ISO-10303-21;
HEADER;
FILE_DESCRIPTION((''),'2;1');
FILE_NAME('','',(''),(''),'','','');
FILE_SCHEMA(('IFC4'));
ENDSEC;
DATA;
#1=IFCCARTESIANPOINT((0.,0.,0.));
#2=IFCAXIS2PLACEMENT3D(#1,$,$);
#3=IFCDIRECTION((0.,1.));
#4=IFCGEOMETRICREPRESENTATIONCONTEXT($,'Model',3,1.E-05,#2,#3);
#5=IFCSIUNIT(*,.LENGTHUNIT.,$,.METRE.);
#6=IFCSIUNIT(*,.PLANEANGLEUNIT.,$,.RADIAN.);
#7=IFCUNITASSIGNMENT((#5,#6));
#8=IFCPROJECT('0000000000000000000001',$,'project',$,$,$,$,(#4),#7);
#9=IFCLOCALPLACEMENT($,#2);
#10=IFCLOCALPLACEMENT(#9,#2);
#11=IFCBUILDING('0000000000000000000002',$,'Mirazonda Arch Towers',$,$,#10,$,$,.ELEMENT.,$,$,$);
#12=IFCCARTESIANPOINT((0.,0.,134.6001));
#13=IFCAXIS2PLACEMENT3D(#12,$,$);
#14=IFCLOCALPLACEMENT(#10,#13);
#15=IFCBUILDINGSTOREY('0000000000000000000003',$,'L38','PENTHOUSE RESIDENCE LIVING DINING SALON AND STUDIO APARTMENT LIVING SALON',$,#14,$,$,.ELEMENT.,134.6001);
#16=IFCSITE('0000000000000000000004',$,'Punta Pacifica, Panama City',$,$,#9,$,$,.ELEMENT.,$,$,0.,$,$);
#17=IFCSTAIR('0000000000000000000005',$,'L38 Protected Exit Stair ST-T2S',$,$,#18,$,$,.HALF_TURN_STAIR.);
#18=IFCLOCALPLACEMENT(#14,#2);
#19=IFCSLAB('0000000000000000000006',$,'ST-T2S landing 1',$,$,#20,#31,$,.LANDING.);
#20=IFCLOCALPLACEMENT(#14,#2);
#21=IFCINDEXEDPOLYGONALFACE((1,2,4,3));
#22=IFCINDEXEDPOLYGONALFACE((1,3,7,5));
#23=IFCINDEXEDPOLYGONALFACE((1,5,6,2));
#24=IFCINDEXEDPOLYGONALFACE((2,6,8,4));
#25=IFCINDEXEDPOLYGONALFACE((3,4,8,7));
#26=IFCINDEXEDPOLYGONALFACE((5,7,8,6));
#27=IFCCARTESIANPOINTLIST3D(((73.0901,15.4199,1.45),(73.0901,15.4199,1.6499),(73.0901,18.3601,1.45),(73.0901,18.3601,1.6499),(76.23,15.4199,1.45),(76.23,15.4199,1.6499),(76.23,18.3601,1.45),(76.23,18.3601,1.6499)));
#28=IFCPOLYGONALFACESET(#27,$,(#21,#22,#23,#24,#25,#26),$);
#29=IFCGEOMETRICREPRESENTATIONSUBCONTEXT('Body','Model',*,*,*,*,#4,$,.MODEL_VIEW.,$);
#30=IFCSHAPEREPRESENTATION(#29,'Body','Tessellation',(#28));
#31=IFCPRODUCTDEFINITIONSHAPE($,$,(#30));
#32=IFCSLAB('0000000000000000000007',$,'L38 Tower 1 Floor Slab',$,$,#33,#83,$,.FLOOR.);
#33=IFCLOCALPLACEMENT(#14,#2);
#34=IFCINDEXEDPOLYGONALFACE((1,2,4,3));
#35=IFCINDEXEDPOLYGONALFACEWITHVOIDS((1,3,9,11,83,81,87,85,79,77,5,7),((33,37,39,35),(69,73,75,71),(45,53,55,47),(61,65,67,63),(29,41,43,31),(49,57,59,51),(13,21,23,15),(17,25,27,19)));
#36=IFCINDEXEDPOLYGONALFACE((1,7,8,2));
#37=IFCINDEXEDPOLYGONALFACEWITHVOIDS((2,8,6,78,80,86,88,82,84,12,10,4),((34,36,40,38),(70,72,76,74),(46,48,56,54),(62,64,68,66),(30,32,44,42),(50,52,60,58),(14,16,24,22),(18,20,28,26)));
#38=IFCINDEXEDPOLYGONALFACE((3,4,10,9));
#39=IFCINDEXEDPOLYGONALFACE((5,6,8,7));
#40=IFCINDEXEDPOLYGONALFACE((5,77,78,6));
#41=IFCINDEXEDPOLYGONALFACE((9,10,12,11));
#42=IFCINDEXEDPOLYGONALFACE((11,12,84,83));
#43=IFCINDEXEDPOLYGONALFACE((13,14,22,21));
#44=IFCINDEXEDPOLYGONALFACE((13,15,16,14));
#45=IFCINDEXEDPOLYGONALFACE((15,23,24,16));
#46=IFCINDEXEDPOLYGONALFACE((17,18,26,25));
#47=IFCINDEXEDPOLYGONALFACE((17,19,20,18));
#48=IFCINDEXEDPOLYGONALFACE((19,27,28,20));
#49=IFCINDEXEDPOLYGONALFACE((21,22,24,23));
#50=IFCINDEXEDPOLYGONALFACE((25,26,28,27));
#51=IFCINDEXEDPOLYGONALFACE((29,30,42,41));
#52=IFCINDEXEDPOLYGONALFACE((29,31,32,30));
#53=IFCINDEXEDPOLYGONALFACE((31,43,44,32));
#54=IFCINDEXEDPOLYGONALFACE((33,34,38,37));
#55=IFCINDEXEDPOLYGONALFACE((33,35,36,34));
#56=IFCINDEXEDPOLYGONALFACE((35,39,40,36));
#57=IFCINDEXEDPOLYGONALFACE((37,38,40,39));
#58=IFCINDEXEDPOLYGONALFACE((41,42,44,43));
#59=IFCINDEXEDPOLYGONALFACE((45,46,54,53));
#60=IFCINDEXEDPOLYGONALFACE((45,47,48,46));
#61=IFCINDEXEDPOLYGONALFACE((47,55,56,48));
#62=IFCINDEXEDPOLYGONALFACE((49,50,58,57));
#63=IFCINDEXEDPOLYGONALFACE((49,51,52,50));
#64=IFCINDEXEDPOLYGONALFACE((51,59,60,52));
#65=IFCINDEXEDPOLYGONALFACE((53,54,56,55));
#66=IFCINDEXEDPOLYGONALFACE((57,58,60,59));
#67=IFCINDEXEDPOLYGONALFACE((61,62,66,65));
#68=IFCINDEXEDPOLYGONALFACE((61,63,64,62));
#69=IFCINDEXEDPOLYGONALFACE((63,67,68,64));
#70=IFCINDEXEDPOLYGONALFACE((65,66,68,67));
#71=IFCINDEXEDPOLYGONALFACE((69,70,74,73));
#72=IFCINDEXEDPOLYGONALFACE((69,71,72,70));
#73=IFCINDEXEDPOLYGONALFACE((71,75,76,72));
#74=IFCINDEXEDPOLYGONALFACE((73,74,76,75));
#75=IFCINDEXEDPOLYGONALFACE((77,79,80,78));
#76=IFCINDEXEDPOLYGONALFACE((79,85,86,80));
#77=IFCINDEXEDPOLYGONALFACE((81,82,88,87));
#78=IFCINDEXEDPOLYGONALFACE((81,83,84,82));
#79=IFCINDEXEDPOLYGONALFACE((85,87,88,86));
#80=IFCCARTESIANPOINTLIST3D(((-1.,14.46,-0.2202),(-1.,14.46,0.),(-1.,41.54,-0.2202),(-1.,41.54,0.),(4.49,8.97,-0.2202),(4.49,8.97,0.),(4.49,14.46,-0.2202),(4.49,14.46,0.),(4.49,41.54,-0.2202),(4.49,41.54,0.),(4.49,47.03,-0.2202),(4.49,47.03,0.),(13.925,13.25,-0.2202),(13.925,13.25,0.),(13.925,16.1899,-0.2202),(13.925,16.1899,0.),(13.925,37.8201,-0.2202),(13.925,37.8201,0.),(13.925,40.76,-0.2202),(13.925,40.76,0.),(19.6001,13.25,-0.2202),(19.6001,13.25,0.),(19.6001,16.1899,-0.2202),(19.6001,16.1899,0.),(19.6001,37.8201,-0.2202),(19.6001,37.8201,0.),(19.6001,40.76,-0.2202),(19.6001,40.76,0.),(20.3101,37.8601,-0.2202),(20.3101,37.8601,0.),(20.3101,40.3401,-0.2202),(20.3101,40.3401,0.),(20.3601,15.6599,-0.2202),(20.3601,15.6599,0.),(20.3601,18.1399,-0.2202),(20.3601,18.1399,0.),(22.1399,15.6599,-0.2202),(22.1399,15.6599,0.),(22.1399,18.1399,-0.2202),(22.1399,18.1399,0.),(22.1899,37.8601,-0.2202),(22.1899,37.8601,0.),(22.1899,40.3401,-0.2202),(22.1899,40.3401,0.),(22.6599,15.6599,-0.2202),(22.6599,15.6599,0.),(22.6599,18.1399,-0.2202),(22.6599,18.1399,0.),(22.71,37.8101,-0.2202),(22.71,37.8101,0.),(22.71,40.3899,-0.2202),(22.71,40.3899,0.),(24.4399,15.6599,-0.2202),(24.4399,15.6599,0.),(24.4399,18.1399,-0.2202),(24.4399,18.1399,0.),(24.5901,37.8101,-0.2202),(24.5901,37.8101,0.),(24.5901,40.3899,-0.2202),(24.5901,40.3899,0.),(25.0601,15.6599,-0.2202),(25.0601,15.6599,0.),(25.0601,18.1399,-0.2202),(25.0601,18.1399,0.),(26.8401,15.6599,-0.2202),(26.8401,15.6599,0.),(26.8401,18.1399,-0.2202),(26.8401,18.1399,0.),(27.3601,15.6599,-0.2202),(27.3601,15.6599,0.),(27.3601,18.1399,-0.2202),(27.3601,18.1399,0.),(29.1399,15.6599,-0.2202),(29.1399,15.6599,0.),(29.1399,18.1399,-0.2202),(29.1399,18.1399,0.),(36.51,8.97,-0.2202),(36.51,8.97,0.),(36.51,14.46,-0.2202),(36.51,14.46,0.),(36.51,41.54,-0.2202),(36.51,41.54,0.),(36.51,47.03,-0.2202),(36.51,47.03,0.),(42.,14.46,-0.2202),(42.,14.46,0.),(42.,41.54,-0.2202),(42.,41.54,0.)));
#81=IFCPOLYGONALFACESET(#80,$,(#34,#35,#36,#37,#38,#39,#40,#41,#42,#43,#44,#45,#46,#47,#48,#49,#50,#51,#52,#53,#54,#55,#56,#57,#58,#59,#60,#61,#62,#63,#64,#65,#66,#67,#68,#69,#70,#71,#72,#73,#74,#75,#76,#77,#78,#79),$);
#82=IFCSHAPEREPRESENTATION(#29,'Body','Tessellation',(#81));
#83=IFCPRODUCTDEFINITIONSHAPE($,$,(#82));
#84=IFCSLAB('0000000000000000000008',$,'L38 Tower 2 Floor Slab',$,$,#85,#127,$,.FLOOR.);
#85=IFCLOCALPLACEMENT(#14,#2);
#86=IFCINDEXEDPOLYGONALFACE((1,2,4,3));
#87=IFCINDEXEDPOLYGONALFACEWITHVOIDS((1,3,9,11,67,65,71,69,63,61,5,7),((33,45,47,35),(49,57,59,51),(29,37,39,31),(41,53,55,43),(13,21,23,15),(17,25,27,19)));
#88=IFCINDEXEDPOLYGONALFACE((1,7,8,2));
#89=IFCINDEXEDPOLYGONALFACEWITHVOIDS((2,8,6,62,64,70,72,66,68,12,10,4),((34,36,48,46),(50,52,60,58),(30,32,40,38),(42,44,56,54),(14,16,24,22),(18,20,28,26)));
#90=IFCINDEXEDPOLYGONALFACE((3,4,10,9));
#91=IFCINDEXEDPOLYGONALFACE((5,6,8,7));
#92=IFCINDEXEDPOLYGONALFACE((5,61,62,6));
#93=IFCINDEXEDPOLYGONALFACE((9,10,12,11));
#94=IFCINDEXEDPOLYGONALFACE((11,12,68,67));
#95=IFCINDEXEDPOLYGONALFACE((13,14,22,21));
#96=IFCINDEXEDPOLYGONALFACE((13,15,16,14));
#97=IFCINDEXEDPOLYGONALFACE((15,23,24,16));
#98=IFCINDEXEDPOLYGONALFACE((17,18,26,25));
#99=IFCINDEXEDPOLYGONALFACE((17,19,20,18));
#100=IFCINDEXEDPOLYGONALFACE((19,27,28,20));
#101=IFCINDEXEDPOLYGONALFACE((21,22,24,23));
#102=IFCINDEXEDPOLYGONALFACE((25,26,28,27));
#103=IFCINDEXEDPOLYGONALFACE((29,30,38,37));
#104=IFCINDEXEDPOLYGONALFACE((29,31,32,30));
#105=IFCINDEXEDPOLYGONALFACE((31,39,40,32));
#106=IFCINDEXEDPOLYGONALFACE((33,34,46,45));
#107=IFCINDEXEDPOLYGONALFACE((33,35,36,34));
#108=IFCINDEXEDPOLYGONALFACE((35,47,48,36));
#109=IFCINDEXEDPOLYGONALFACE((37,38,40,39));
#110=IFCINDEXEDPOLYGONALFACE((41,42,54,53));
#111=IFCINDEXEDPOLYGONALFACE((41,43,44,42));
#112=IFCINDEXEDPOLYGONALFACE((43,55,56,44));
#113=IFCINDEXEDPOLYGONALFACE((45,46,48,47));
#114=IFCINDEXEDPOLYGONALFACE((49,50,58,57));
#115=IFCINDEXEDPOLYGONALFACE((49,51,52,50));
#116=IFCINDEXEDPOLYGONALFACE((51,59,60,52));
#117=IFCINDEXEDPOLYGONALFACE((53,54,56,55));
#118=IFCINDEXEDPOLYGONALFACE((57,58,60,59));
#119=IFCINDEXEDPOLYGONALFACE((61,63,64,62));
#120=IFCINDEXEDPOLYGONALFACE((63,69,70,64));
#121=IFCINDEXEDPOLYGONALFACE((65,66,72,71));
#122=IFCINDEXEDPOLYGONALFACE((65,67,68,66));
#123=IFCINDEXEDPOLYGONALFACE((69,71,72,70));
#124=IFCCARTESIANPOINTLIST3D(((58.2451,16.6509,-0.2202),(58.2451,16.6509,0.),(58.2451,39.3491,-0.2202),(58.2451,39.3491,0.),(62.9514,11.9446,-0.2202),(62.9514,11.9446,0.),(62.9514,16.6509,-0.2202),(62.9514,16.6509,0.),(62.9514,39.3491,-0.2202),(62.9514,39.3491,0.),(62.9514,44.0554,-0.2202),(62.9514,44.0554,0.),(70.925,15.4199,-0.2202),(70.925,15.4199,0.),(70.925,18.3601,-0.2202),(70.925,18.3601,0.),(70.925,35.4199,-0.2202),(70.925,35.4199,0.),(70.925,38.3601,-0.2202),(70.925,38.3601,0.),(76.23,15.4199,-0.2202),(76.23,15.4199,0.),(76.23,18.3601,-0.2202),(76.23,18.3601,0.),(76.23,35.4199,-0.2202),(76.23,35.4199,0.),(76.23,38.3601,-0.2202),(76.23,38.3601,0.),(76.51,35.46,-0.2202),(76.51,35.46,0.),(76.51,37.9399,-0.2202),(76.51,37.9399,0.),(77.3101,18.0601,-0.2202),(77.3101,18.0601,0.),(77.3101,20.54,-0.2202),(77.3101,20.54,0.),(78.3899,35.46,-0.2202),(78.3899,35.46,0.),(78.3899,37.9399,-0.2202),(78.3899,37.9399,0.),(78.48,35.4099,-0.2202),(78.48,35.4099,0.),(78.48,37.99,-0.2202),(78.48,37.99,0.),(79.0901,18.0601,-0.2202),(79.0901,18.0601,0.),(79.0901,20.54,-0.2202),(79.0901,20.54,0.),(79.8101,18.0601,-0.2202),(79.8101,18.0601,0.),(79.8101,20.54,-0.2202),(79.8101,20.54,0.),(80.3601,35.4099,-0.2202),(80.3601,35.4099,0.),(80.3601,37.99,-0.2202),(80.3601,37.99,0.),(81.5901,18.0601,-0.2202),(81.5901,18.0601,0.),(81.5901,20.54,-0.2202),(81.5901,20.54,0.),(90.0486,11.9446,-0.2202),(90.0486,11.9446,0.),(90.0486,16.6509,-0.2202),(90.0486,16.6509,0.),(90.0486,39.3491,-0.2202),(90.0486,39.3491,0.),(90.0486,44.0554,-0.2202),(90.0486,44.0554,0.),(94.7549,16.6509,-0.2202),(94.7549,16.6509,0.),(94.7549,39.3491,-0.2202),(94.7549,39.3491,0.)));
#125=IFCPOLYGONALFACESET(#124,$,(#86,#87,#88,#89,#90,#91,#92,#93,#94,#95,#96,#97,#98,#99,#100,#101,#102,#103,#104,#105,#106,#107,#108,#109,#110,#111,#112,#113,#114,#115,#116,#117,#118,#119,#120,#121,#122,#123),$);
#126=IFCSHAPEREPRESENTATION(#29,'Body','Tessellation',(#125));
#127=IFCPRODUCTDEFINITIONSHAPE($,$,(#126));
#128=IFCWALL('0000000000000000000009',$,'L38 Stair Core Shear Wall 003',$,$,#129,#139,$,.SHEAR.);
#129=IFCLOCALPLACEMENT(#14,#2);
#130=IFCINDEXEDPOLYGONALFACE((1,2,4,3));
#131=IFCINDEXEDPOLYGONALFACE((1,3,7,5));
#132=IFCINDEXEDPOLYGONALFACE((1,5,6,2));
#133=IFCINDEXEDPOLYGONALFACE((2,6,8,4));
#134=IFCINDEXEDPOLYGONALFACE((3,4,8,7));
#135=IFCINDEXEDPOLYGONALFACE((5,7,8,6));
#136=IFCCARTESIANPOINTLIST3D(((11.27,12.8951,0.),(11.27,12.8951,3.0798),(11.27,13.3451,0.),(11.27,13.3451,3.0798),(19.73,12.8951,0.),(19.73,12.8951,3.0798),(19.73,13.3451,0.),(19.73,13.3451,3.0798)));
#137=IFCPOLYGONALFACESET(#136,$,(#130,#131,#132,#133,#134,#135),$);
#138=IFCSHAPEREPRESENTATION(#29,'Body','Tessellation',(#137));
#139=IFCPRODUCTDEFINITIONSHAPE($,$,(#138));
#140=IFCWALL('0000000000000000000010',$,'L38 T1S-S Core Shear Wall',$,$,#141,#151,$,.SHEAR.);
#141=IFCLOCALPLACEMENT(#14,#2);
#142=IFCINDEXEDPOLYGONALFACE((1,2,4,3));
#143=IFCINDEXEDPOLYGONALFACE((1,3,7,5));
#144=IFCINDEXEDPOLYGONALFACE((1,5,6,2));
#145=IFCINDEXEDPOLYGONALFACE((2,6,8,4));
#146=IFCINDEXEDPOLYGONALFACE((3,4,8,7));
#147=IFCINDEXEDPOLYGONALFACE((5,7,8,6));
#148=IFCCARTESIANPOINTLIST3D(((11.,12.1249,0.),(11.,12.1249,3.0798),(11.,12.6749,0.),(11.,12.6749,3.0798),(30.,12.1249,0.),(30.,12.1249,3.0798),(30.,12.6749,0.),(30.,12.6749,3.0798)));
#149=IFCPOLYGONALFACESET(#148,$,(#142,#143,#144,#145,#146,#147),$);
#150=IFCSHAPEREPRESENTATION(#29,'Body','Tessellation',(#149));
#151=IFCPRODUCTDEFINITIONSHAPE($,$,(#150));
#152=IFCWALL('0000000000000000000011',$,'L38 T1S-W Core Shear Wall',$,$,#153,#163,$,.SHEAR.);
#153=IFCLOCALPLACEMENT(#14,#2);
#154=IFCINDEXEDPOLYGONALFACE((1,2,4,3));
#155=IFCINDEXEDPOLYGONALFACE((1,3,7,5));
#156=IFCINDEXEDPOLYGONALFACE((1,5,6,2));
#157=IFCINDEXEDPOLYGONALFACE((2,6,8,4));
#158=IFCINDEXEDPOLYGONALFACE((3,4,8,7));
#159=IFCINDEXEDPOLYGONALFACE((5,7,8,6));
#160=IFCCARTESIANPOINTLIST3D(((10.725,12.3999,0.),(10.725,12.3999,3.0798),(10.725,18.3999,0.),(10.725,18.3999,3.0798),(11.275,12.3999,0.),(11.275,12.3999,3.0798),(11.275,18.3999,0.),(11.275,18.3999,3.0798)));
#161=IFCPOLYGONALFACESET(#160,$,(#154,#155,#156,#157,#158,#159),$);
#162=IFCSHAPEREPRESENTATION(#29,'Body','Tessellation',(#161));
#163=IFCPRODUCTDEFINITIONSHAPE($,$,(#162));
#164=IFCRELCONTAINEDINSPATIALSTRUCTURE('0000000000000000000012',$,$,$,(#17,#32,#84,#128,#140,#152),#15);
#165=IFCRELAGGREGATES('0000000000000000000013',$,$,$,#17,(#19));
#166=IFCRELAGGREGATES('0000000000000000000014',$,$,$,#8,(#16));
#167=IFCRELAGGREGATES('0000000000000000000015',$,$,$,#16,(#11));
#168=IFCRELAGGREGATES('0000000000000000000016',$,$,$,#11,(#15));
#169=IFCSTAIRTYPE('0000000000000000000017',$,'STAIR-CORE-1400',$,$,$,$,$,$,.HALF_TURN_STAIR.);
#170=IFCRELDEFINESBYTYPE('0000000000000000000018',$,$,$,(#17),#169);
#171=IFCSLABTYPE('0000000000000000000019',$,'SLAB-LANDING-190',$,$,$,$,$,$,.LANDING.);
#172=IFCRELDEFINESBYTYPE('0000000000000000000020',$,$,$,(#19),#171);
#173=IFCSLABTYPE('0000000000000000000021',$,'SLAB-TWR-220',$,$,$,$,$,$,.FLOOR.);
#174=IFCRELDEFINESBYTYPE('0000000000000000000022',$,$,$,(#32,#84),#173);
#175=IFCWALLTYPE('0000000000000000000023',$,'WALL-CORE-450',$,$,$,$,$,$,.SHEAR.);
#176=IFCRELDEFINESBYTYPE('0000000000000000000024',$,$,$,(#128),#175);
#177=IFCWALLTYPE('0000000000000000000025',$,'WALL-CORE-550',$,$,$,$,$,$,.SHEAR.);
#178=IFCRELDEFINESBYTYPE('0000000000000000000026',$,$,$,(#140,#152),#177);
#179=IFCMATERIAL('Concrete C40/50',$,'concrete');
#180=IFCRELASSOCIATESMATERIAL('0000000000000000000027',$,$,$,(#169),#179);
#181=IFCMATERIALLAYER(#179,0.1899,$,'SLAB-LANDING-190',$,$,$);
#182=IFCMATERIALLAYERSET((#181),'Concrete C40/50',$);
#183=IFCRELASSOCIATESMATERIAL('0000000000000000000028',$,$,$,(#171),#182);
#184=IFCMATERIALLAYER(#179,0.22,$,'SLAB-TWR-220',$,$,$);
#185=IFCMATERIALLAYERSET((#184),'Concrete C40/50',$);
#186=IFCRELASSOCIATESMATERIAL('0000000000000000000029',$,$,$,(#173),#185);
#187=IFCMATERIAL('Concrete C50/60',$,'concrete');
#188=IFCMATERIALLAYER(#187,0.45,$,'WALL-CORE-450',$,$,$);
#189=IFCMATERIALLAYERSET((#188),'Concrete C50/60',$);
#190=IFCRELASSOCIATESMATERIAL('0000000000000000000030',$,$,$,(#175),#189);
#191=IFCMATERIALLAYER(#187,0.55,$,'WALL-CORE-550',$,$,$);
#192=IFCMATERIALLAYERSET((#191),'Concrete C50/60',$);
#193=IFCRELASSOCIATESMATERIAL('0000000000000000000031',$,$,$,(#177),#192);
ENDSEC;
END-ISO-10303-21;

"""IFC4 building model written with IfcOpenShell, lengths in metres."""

from ifc_helpers import new_model, si_unit, direction, frame, frame_2d, origin, place, context, subcontext, project, spatial, polyline, rectangle, outline, extrude, material, layer, layer_set, type_object, element, aggregate, save


model = new_model("IFC4")

# Units and contexts
model_context = context("Model", 3, precision=1e-05, world=origin(), true_north=direction((0.0, 1.0)))
body_context = subcontext(model_context, "Body", "Model", "MODEL_VIEW")
ifc_project = project(units=[si_unit("LENGTHUNIT", "METRE"), si_unit("PLANEANGLEUNIT", "RADIAN")], contexts=[model_context])

# Site, building, storey
site_placement = place(None, origin())
site = spatial("IfcSite", under=ifc_project, at=site_placement, Name="Punta Pacifica, Panama City", CompositionType="ELEMENT", RefElevation=0.0)
building_placement = place(site_placement, origin())
building = spatial("IfcBuilding", under=site, at=building_placement, Name="Mirazonda Arch Towers", CompositionType="ELEMENT")
storey_placement = place(building_placement, frame((0.0, 0.0, 134.6001)))
storey = spatial("IfcBuildingStorey", under=building, at=storey_placement, Name="L38", Description="PENTHOUSE RESIDENCE LIVING DINING SALON AND STUDIO APARTMENT LIVING SALON", CompositionType="ELEMENT", Elevation=134.6001)

# Shared definitions
ifc_material_1 = material(Name="Concrete C50/60", Category="concrete")

# Stair, slab
ifc_material_2 = material(Name="Concrete C40/50", Category="concrete")
stair_type = type_object("IfcStairType", Name="STAIR-CORE-1400", PredefinedType="HALF_TURN_STAIR", material=ifc_material_2)
ifc_layer_1 = layer(ifc_material_2, 0.1899, Name="SLAB-LANDING-190")
ifc_layer_set_1 = layer_set([ifc_layer_1], Name="Concrete C40/50")
slab_type_1 = type_object("IfcSlabType", Name="SLAB-LANDING-190", PredefinedType="LANDING", material=ifc_layer_set_1)
stair_1_placement = place(storey_placement, origin())
stair_1 = element("IfcStair", 1, at=stair_1_placement, inside=storey, type_object=stair_type, Name="L38 Protected Exit Stair ST-T2S", PredefinedType="HALF_TURN_STAIR")
slab_1_placement = place(storey_placement, frame((0.0, 0.0, 1.45)))
slab_1 = element("IfcSlab", 2, at=slab_1_placement, type_object=slab_type_1, Name="ST-T2S landing 1", PredefinedType="LANDING", context=body_context, shape_type="SweptSolid", body=[
    extrude(outline(polyline([(73.0901, 15.4199), (76.23, 15.4199), (76.23, 18.3601), (73.0901, 18.3601), (73.0901, 15.4199)])), origin(), (0.0, 0.0, 1.0), 0.2),
])
aggregate(stair_1, [slab_1])

# Slabs
ifc_layer_2 = layer(ifc_material_2, 0.22, Name="SLAB-TWR-220")
ifc_layer_set_2 = layer_set([ifc_layer_2], Name="Concrete C40/50")
slab_type_2 = type_object("IfcSlabType", Name="SLAB-TWR-220", PredefinedType="FLOOR", material=ifc_layer_set_2)
slab_2_placement = place(storey_placement, frame((0.0, 0.0, -0.2202)))
element("IfcSlab", 3, at=slab_2_placement, inside=storey, type_object=slab_type_2, Name="L38 Tower 1 Floor Slab", PredefinedType="FLOOR", context=body_context, shape_type="SweptSolid", body=[
    extrude(outline(polyline([(4.49, 8.97), (36.51, 8.97), (36.51, 14.46), (42.0, 14.46), (42.0, 41.54), (36.51, 41.54), (36.51, 47.03), (4.49, 47.03), (4.49, 41.54), (-1.0, 41.54), (-1.0, 14.46), (4.49, 14.46), (4.49, 8.97)]), holes=[polyline([(27.3601, 18.1399), (29.1399, 18.1399), (29.1399, 15.6599), (27.3601, 15.6599), (27.3601, 18.1399)]), polyline([(25.0601, 18.1399), (26.8401, 18.1399), (26.8401, 15.6599), (25.0601, 15.6599), (25.0601, 18.1399)]), polyline([(22.71, 40.3899), (24.5901, 40.3899), (24.5901, 37.8101), (22.71, 37.8101), (22.71, 40.3899)]), polyline([(22.6599, 18.1399), (24.4399, 18.1399), (24.4399, 15.6599), (22.6599, 15.6599), (22.6599, 18.1399)]), polyline([(20.3101, 40.3401), (22.1899, 40.3401), (22.1899, 37.8601), (20.3101, 37.8601), (20.3101, 40.3401)]), polyline([(20.3601, 18.1399), (22.1399, 18.1399), (22.1399, 15.6599), (20.3601, 15.6599), (20.3601, 18.1399)]), polyline([(13.925, 13.25), (13.925, 16.1899), (19.6001, 16.1899), (19.6001, 13.25), (13.925, 13.25)]), polyline([(13.925, 37.8201), (13.925, 40.76), (19.6001, 40.76), (19.6001, 37.8201), (13.925, 37.8201)])]), origin(), (0.0, 0.0, 1.0), 0.2202),
])
slab_3_placement = place(storey_placement, frame((0.0, 0.0, -0.2202)))
element("IfcSlab", 4, at=slab_3_placement, inside=storey, type_object=slab_type_2, Name="L38 Tower 2 Floor Slab", PredefinedType="FLOOR", context=body_context, shape_type="SweptSolid", body=[
    extrude(outline(polyline([(62.9514, 11.9446), (90.0486, 11.9446), (90.0486, 16.6509), (94.7549, 16.6509), (94.7549, 39.3491), (90.0486, 39.3491), (90.0486, 44.0554), (62.9514, 44.0554), (62.9514, 39.3491), (58.2451, 39.3491), (58.2451, 16.6509), (62.9514, 16.6509), (62.9514, 11.9446)]), holes=[polyline([(79.8101, 20.54), (81.5901, 20.54), (81.5901, 18.0601), (79.8101, 18.0601), (79.8101, 20.54)]), polyline([(78.48, 37.99), (80.3601, 37.99), (80.3601, 35.4099), (78.48, 35.4099), (78.48, 37.99)]), polyline([(77.3101, 20.54), (79.0901, 20.54), (79.0901, 18.0601), (77.3101, 18.0601), (77.3101, 20.54)]), polyline([(76.51, 35.46), (76.51, 37.9399), (78.3899, 37.9399), (78.3899, 35.46), (76.51, 35.46)]), polyline([(76.23, 15.4199), (70.925, 15.4199), (70.925, 18.3601), (76.23, 18.3601), (76.23, 15.4199)]), polyline([(70.925, 35.4199), (70.925, 38.3601), (76.23, 38.3601), (76.23, 35.4199), (70.925, 35.4199)])]), origin(), (0.0, 0.0, 1.0), 0.2202),
])

# Walls
ifc_layer_3 = layer(ifc_material_1, 0.45, Name="WALL-CORE-450")
ifc_layer_set_3 = layer_set([ifc_layer_3], Name="Concrete C50/60")
wall_type_1 = type_object("IfcWallType", Name="WALL-CORE-450", PredefinedType="SHEAR", material=ifc_layer_set_3)
wall_1_placement = place(storey_placement, frame((11.27, 13.1201, 0.0), z_axis=(0.0, 0.0, 1.0), x_axis=(1.0, 0.0, 0.0)))
element("IfcWall", 5, at=wall_1_placement, inside=storey, type_object=wall_type_1, Name="L38 Stair Core Shear Wall 003", PredefinedType="SHEAR", context=body_context, shape_type="SweptSolid", body=[
    extrude(rectangle(XDim=8.46, YDim=0.45, at=frame_2d((4.23, 0.0))), origin(), (0.0, 0.0, 1.0), 3.0798),
])
ifc_layer_4 = layer(ifc_material_1, 0.55, Name="WALL-CORE-550")
ifc_layer_set_4 = layer_set([ifc_layer_4], Name="Concrete C50/60")
wall_type_2 = type_object("IfcWallType", Name="WALL-CORE-550", PredefinedType="SHEAR", material=ifc_layer_set_4)
wall_2_placement = place(storey_placement, frame((11.0, 12.3999, 0.0), z_axis=(0.0, 0.0, 1.0), x_axis=(1.0, 0.0, 0.0)))
element("IfcWall", 6, at=wall_2_placement, inside=storey, type_object=wall_type_2, Name="L38 T1S-S Core Shear Wall", PredefinedType="SHEAR", context=body_context, shape_type="SweptSolid", body=[
    extrude(rectangle(XDim=19.0, YDim=0.55, at=frame_2d((9.5, 0.0))), origin(), (0.0, 0.0, 1.0), 3.0798),
])
wall_3_placement = place(storey_placement, frame((11.0, 12.3999, 0.0), z_axis=(0.0, 0.0, 1.0), x_axis=(0.0, 1.0, 0.0)))
element("IfcWall", 7, at=wall_3_placement, inside=storey, type_object=wall_type_2, Name="L38 T1S-W Core Shear Wall", PredefinedType="SHEAR", context=body_context, shape_type="SweptSolid", body=[
    extrude(rectangle(XDim=6.0, YDim=0.55, at=frame_2d((3.0, 0.0))), origin(), (0.0, 0.0, 1.0), 3.0798),
])

save(model, "model.ifc")
